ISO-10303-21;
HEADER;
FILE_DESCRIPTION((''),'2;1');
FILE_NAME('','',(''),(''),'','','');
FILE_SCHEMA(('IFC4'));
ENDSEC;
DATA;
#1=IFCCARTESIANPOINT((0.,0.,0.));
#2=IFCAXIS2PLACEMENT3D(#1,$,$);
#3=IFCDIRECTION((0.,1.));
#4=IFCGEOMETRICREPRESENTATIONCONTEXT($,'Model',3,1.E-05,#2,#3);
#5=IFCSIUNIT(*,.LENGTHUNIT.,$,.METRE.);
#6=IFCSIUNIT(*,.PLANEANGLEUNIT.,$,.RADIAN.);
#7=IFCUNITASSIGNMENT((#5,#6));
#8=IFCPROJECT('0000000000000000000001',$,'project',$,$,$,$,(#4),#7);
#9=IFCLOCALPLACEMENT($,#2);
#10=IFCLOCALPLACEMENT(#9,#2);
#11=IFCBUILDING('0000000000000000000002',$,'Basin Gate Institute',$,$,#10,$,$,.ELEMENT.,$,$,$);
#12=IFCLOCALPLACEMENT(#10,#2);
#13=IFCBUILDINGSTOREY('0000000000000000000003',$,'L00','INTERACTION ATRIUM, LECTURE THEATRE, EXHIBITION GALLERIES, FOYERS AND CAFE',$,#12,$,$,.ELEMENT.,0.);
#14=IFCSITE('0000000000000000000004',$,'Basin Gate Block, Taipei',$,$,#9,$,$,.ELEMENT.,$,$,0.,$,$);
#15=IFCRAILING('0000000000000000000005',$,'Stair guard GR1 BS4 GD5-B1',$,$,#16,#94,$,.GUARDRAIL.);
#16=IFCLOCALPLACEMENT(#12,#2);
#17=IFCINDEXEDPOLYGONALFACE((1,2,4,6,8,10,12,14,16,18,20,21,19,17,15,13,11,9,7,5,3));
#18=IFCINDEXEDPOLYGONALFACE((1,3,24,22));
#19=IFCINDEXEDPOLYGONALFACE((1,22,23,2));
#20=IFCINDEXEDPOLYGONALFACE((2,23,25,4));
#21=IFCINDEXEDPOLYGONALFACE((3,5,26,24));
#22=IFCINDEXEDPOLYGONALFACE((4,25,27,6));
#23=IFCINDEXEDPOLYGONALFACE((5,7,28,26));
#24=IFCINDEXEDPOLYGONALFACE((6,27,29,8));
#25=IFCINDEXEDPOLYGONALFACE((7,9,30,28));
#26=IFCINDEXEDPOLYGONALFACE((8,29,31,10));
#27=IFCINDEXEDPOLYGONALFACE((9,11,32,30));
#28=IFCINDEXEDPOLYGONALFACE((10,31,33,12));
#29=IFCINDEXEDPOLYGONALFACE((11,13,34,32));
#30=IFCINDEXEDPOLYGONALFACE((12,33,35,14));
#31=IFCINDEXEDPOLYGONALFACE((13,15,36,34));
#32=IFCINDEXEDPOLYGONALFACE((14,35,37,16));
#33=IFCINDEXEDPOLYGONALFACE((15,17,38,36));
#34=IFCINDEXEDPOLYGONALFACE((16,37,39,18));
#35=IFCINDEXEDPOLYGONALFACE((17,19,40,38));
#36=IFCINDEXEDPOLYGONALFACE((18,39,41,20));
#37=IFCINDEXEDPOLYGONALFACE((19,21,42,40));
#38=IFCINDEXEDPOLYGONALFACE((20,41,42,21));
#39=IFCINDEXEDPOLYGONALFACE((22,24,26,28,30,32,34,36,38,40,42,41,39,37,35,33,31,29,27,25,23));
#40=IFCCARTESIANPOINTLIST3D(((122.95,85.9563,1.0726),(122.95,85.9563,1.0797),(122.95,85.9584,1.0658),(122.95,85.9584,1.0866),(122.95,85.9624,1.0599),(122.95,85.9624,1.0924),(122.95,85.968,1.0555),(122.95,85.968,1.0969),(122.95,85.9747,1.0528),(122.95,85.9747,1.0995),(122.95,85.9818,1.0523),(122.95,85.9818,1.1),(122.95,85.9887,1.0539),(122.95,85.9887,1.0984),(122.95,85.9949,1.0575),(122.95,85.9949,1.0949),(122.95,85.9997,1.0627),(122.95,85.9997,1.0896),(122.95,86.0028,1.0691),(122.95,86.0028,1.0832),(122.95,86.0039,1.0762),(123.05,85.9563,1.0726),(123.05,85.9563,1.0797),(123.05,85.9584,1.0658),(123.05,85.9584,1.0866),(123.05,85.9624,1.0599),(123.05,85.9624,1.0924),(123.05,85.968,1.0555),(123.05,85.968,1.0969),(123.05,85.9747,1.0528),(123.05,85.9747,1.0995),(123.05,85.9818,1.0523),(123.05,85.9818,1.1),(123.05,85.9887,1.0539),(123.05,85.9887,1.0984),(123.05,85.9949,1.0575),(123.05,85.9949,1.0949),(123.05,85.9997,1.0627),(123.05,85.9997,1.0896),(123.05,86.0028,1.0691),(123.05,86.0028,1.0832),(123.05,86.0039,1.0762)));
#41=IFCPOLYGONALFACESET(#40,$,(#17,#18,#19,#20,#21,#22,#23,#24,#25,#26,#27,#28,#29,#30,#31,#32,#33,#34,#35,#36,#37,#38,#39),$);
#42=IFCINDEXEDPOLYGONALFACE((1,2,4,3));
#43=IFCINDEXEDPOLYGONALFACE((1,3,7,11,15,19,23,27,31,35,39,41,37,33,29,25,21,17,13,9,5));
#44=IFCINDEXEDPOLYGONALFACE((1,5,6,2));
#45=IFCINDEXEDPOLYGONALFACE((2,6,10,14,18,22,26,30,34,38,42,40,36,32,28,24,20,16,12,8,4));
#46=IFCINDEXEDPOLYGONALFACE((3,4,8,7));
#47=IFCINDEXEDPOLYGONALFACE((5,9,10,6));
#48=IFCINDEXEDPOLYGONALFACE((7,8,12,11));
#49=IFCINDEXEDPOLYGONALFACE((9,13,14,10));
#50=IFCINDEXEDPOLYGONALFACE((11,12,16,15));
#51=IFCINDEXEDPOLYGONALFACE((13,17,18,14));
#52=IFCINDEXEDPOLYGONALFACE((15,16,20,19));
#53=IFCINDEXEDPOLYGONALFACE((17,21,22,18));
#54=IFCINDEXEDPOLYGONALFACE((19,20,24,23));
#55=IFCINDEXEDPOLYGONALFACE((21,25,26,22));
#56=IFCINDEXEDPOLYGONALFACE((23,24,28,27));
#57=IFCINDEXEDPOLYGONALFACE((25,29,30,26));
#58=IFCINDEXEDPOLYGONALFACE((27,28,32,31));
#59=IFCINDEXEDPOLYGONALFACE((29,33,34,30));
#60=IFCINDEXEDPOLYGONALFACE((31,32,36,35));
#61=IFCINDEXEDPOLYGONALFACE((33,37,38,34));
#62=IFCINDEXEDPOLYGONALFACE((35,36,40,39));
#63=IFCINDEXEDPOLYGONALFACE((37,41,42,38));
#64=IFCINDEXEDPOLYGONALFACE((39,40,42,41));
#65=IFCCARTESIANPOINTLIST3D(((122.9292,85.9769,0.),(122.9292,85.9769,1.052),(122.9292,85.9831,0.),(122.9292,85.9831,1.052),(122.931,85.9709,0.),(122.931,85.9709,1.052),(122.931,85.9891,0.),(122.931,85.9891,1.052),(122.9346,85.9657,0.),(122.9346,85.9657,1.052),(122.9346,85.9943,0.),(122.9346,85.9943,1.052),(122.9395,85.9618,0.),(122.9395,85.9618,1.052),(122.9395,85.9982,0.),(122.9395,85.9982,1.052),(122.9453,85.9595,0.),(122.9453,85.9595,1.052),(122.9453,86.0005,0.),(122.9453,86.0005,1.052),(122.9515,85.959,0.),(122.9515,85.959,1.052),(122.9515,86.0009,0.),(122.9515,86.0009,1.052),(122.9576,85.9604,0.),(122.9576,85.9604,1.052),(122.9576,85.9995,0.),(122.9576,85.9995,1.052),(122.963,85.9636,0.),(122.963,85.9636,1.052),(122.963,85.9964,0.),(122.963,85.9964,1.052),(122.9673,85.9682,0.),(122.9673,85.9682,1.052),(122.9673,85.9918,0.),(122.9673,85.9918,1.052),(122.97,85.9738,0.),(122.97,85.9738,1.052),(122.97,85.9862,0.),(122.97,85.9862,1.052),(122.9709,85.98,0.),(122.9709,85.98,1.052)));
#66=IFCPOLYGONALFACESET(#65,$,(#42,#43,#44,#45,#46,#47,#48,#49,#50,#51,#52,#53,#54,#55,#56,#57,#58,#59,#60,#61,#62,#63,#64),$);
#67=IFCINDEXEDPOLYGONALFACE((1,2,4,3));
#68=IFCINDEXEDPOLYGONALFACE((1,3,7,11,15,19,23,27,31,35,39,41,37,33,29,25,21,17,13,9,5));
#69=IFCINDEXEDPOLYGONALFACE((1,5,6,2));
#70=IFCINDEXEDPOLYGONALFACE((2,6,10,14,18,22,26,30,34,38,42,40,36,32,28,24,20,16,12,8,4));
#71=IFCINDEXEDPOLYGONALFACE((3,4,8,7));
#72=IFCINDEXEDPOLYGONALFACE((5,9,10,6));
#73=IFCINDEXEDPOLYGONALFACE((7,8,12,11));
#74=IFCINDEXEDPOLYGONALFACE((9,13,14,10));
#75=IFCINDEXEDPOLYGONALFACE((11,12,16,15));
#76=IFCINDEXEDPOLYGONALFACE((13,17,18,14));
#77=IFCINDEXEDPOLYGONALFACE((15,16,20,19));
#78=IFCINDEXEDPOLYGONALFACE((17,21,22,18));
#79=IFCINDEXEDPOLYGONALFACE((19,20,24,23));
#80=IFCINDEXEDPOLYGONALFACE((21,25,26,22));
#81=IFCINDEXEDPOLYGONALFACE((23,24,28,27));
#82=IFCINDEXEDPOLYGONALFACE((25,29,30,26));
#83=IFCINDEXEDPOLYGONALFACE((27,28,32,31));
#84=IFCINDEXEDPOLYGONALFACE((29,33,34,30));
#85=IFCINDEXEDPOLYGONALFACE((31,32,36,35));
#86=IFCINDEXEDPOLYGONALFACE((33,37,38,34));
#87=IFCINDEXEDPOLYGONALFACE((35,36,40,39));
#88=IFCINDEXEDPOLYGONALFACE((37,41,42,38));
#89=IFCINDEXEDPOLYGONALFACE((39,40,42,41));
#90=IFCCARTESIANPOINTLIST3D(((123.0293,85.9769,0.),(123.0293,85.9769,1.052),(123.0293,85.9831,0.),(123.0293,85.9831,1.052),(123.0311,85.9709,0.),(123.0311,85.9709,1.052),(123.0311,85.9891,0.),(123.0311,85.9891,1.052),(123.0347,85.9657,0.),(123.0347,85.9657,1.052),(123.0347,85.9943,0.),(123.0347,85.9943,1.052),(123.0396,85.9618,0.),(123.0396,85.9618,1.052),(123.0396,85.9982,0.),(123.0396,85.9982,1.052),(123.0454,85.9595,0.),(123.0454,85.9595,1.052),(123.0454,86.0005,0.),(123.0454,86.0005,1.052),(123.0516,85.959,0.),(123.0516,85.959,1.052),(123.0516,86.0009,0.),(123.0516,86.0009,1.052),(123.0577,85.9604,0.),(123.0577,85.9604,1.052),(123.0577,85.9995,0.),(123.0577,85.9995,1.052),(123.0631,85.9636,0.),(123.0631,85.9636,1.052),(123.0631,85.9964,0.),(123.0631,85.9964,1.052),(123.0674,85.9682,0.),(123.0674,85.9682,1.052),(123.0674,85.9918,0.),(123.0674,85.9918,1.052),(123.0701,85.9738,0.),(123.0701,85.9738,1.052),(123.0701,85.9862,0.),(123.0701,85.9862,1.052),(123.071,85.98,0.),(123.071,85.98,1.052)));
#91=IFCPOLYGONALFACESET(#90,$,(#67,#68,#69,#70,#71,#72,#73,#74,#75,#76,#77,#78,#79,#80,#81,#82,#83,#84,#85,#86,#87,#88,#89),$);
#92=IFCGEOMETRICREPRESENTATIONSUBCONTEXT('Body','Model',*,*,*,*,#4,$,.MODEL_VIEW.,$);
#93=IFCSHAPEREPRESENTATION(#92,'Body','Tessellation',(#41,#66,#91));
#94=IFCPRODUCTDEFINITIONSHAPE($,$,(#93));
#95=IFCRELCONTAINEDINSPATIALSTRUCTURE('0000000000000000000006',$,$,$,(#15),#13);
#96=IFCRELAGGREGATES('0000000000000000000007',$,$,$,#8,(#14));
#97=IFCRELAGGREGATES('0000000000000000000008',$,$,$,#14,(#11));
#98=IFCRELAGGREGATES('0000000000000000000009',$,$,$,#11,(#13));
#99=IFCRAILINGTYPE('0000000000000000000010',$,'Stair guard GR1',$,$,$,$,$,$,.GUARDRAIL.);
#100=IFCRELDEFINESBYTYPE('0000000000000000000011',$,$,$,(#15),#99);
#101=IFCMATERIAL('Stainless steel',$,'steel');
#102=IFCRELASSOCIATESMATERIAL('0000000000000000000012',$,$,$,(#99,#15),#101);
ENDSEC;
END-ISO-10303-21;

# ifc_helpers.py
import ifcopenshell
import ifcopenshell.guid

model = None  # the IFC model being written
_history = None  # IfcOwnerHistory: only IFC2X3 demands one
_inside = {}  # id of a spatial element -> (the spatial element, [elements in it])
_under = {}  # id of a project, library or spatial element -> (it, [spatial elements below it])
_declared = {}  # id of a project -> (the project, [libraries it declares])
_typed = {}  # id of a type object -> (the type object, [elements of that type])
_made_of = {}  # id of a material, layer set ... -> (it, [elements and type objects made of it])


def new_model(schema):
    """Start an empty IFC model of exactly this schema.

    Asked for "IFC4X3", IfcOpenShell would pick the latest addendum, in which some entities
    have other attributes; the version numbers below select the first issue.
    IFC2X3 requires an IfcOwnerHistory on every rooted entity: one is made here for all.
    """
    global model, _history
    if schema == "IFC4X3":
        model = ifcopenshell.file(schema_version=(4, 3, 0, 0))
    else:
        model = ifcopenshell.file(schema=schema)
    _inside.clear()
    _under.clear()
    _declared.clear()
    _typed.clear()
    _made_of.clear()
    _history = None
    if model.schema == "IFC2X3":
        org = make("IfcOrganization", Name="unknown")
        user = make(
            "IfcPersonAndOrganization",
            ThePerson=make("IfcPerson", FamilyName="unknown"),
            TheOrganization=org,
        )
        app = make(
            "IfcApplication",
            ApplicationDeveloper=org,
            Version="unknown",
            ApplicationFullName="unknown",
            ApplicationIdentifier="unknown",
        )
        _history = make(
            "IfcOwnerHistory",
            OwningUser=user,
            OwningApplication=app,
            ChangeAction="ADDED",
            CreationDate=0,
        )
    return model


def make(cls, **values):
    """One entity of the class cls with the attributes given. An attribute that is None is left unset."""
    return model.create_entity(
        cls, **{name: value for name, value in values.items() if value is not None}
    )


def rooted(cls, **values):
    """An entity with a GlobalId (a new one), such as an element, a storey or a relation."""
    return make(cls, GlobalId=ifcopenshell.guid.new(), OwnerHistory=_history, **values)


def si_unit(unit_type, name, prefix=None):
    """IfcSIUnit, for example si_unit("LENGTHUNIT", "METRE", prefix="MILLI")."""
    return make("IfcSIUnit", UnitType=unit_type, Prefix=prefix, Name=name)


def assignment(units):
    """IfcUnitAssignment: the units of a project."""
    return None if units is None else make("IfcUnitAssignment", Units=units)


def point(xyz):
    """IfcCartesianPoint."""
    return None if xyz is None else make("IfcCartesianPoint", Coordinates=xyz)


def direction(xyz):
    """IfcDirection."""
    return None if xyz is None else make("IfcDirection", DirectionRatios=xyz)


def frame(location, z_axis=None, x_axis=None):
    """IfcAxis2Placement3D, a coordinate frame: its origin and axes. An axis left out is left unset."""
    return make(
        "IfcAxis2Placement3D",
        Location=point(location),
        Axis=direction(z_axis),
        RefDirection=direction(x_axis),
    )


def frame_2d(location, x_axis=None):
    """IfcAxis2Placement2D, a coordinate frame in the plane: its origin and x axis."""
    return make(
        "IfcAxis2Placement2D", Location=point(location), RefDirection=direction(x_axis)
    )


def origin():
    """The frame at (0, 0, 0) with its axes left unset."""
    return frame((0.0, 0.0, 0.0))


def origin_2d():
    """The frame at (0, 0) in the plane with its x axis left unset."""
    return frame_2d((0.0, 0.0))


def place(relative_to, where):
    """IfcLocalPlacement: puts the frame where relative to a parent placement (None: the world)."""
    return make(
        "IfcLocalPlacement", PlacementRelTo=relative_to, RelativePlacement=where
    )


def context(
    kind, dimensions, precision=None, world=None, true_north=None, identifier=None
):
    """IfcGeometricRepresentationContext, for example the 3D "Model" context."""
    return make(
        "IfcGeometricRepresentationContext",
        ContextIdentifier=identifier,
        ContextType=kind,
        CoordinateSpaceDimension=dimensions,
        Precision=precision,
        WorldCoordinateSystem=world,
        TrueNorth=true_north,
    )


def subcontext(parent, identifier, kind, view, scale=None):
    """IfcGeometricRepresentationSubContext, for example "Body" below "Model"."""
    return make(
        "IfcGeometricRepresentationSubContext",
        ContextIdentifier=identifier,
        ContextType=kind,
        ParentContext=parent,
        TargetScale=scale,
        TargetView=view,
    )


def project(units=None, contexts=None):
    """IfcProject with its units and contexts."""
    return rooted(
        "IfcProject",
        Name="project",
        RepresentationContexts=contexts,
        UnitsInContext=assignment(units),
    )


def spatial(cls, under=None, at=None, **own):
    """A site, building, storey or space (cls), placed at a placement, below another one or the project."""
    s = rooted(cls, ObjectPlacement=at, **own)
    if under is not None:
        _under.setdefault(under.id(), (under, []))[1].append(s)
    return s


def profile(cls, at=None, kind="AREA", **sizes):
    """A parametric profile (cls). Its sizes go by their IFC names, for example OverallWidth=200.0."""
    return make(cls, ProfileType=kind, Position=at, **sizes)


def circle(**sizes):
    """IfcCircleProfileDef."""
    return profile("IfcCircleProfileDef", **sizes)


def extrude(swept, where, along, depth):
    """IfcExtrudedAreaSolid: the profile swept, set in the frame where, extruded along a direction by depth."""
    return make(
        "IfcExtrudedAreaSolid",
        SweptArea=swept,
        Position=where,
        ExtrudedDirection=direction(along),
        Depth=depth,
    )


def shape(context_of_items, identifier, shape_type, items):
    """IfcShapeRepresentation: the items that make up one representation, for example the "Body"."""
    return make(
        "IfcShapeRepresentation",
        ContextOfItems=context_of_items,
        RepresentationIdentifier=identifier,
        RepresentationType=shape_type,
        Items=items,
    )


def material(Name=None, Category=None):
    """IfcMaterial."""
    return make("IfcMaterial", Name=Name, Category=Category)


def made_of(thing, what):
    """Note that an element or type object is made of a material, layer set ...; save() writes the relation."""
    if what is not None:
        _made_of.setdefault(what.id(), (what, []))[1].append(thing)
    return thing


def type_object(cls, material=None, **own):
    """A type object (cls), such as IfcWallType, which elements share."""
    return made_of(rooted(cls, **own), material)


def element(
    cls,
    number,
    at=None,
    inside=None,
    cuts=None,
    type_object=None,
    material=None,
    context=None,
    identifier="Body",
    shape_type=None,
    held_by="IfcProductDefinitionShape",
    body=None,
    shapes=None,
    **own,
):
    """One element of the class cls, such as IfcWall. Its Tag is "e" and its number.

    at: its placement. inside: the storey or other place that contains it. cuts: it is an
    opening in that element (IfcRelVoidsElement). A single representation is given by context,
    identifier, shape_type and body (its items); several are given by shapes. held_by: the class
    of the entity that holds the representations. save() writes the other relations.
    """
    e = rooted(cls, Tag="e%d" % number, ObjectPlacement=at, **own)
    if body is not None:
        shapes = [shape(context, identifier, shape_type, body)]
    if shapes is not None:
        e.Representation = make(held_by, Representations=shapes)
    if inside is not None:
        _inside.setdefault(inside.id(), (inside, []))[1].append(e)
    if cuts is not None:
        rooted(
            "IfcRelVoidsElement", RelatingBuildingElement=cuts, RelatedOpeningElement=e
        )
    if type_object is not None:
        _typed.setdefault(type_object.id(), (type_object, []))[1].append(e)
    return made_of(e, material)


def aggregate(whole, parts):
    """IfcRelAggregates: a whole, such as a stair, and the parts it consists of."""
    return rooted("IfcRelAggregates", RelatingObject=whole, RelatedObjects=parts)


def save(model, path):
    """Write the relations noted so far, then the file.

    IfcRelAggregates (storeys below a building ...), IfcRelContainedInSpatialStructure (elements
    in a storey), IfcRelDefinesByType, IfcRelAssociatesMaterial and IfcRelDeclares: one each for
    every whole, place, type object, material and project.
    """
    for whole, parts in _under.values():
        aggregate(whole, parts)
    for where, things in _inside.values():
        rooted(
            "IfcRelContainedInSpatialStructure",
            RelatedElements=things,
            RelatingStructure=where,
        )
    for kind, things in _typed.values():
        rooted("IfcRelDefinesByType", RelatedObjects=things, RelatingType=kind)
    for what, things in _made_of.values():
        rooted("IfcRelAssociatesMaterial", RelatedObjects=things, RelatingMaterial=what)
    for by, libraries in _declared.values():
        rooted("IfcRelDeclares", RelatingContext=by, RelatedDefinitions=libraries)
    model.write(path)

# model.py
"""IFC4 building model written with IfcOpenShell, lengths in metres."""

from ifc_helpers import new_model, si_unit, direction, frame, origin, origin_2d, place, context, subcontext, project, spatial, circle, extrude, material, type_object, element, save


model = new_model("IFC4")

# Units and contexts
model_context = context("Model", 3, precision=1e-05, world=origin(), true_north=direction((0.0, 1.0)))
body_context = subcontext(model_context, "Body", "Model", "MODEL_VIEW")
ifc_project = project(units=[si_unit("LENGTHUNIT", "METRE"), si_unit("PLANEANGLEUNIT", "RADIAN")], contexts=[model_context])

# Site, building, storey
site_placement = place(None, origin())
site = spatial("IfcSite", under=ifc_project, at=site_placement, Name="Basin Gate Block, Taipei", CompositionType="ELEMENT", RefElevation=0.0)
building_placement = place(site_placement, origin())
building = spatial("IfcBuilding", under=site, at=building_placement, Name="Basin Gate Institute", CompositionType="ELEMENT")
storey_placement = place(building_placement, origin())
storey = spatial("IfcBuildingStorey", under=building, at=storey_placement, Name="L00", Description="INTERACTION ATRIUM, LECTURE THEATRE, EXHIBITION GALLERIES, FOYERS AND CAFE", CompositionType="ELEMENT", Elevation=0.0)

# Railing
ifc_material_1 = material(Name="Stainless steel", Category="steel")
railing_type = type_object("IfcRailingType", Name="Stair guard GR1", PredefinedType="GUARDRAIL", material=ifc_material_1)
railing_1_placement = place(storey_placement, frame((122.95, 85.98, 0.0)))
element("IfcRailing", 1, at=railing_1_placement, inside=storey, type_object=railing_type, material=ifc_material_1, Name="Stair guard GR1 BS4 GD5-B1", PredefinedType="GUARDRAIL", context=body_context, shape_type="SweptSolid", body=[
    extrude(circle(Radius=0.0239, at=origin_2d()), frame((0.0, 0.0, 1.0762), z_axis=(1.0, 0.0, 0.0), x_axis=(0.0, 1.0, 0.0)), (0.0, 0.0, 1.0), 0.1001),
    extrude(circle(Radius=0.021, at=origin_2d()), origin(), (0.0, 0.0, 1.0), 1.052),
    extrude(circle(Radius=0.021, at=origin_2d()), frame((0.1001, 0.0, 0.0)), (0.0, 0.0, 1.0), 1.052),
])

save(model, "model.ifc")
